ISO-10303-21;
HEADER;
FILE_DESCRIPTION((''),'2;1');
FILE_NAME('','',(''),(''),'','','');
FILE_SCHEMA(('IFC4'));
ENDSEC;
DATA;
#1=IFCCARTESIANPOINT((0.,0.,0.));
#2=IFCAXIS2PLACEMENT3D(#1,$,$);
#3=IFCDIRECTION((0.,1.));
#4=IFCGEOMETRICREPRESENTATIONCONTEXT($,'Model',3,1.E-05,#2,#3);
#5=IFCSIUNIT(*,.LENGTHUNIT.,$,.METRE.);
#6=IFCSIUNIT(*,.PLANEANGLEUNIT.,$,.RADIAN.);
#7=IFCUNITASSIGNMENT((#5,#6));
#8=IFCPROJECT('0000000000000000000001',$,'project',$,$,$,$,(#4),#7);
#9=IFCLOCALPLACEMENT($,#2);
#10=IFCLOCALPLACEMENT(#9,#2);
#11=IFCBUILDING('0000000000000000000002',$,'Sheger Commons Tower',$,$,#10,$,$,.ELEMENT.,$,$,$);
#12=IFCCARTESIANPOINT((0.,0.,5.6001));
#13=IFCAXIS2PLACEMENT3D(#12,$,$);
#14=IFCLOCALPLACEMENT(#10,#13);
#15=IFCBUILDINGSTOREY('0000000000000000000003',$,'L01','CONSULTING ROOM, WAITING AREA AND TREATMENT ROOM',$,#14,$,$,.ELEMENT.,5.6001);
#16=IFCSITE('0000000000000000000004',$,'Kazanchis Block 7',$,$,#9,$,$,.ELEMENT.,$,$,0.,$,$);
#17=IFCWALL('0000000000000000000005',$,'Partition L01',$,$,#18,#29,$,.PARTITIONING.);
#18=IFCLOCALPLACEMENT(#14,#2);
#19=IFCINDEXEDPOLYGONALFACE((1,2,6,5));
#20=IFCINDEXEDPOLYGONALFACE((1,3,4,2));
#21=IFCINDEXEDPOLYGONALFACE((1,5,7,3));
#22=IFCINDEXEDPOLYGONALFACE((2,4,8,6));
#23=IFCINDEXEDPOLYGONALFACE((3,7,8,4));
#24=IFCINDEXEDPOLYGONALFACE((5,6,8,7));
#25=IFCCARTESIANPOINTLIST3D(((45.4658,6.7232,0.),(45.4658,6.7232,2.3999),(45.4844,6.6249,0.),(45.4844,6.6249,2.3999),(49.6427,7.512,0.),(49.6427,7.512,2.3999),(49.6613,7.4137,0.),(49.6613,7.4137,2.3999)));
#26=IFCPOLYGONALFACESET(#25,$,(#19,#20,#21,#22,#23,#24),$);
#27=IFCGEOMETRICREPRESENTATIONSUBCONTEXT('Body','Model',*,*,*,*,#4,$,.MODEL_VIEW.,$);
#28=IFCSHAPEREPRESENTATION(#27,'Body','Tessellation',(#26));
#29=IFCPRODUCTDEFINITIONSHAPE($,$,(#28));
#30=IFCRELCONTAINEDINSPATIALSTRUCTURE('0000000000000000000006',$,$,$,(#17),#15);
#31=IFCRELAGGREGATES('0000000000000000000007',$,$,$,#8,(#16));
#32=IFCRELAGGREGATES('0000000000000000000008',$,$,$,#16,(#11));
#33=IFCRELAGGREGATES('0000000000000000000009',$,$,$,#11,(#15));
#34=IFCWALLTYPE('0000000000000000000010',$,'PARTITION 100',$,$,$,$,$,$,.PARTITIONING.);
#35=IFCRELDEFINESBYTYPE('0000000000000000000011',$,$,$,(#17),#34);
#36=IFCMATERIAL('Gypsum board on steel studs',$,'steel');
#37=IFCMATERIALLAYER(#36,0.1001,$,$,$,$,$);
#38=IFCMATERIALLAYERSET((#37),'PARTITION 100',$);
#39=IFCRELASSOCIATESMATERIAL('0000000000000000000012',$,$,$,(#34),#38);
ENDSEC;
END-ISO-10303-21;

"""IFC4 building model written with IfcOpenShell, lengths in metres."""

from ifc_helpers import new_model, si_unit, direction, frame, frame_2d, origin, place, context, subcontext, project, spatial, rectangle, extrude, material, layer, layer_set, type_object, element, save


model = new_model("IFC4")

# Units and contexts
model_context = context("Model", 3, precision=1e-05, world=origin(), true_north=direction((0.0, 1.0)))
body_context = subcontext(model_context, "Body", "Model", "MODEL_VIEW")
ifc_project = project(units=[si_unit("LENGTHUNIT", "METRE"), si_unit("PLANEANGLEUNIT", "RADIAN")], contexts=[model_context])

# Site, building, storey
site_placement = place(None, origin())
site = spatial("IfcSite", under=ifc_project, at=site_placement, Name="Kazanchis Block 7", CompositionType="ELEMENT", RefElevation=0.0)
building_placement = place(site_placement, origin())
building = spatial("IfcBuilding", under=site, at=building_placement, Name="Sheger Commons Tower", CompositionType="ELEMENT")
storey_placement = place(building_placement, frame((0.0, 0.0, 5.6001)))
storey = spatial("IfcBuildingStorey", under=building, at=storey_placement, Name="L01", Description="CONSULTING ROOM, WAITING AREA AND TREATMENT ROOM", CompositionType="ELEMENT", Elevation=5.6001)

# Wall
ifc_material_1 = material(Name="Gypsum board on steel studs", Category="steel")
ifc_layer_1 = layer(ifc_material_1, 0.1001)
ifc_layer_set_1 = layer_set([ifc_layer_1], Name="PARTITION 100")
wall_type = type_object("IfcWallType", Name="PARTITION 100", PredefinedType="PARTITIONING", material=ifc_layer_set_1)
wall_placement = place(storey_placement, frame((49.6521, 7.4629, 0.0), z_axis=(0.0, 0.0, 1.0), x_axis=(-0.982631, -0.185568, 0.0)))
element("IfcWall", 1, at=wall_placement, inside=storey, type_object=wall_type, Name="Partition L01", PredefinedType="PARTITIONING", context=body_context, shape_type="SweptSolid", body=[
    extrude(rectangle(XDim=4.2507, YDim=0.1001, at=frame_2d((2.1255, 0.0))), origin(), (0.0, 0.0, 1.0), 2.3999),
])

save(model, "model.ifc")
